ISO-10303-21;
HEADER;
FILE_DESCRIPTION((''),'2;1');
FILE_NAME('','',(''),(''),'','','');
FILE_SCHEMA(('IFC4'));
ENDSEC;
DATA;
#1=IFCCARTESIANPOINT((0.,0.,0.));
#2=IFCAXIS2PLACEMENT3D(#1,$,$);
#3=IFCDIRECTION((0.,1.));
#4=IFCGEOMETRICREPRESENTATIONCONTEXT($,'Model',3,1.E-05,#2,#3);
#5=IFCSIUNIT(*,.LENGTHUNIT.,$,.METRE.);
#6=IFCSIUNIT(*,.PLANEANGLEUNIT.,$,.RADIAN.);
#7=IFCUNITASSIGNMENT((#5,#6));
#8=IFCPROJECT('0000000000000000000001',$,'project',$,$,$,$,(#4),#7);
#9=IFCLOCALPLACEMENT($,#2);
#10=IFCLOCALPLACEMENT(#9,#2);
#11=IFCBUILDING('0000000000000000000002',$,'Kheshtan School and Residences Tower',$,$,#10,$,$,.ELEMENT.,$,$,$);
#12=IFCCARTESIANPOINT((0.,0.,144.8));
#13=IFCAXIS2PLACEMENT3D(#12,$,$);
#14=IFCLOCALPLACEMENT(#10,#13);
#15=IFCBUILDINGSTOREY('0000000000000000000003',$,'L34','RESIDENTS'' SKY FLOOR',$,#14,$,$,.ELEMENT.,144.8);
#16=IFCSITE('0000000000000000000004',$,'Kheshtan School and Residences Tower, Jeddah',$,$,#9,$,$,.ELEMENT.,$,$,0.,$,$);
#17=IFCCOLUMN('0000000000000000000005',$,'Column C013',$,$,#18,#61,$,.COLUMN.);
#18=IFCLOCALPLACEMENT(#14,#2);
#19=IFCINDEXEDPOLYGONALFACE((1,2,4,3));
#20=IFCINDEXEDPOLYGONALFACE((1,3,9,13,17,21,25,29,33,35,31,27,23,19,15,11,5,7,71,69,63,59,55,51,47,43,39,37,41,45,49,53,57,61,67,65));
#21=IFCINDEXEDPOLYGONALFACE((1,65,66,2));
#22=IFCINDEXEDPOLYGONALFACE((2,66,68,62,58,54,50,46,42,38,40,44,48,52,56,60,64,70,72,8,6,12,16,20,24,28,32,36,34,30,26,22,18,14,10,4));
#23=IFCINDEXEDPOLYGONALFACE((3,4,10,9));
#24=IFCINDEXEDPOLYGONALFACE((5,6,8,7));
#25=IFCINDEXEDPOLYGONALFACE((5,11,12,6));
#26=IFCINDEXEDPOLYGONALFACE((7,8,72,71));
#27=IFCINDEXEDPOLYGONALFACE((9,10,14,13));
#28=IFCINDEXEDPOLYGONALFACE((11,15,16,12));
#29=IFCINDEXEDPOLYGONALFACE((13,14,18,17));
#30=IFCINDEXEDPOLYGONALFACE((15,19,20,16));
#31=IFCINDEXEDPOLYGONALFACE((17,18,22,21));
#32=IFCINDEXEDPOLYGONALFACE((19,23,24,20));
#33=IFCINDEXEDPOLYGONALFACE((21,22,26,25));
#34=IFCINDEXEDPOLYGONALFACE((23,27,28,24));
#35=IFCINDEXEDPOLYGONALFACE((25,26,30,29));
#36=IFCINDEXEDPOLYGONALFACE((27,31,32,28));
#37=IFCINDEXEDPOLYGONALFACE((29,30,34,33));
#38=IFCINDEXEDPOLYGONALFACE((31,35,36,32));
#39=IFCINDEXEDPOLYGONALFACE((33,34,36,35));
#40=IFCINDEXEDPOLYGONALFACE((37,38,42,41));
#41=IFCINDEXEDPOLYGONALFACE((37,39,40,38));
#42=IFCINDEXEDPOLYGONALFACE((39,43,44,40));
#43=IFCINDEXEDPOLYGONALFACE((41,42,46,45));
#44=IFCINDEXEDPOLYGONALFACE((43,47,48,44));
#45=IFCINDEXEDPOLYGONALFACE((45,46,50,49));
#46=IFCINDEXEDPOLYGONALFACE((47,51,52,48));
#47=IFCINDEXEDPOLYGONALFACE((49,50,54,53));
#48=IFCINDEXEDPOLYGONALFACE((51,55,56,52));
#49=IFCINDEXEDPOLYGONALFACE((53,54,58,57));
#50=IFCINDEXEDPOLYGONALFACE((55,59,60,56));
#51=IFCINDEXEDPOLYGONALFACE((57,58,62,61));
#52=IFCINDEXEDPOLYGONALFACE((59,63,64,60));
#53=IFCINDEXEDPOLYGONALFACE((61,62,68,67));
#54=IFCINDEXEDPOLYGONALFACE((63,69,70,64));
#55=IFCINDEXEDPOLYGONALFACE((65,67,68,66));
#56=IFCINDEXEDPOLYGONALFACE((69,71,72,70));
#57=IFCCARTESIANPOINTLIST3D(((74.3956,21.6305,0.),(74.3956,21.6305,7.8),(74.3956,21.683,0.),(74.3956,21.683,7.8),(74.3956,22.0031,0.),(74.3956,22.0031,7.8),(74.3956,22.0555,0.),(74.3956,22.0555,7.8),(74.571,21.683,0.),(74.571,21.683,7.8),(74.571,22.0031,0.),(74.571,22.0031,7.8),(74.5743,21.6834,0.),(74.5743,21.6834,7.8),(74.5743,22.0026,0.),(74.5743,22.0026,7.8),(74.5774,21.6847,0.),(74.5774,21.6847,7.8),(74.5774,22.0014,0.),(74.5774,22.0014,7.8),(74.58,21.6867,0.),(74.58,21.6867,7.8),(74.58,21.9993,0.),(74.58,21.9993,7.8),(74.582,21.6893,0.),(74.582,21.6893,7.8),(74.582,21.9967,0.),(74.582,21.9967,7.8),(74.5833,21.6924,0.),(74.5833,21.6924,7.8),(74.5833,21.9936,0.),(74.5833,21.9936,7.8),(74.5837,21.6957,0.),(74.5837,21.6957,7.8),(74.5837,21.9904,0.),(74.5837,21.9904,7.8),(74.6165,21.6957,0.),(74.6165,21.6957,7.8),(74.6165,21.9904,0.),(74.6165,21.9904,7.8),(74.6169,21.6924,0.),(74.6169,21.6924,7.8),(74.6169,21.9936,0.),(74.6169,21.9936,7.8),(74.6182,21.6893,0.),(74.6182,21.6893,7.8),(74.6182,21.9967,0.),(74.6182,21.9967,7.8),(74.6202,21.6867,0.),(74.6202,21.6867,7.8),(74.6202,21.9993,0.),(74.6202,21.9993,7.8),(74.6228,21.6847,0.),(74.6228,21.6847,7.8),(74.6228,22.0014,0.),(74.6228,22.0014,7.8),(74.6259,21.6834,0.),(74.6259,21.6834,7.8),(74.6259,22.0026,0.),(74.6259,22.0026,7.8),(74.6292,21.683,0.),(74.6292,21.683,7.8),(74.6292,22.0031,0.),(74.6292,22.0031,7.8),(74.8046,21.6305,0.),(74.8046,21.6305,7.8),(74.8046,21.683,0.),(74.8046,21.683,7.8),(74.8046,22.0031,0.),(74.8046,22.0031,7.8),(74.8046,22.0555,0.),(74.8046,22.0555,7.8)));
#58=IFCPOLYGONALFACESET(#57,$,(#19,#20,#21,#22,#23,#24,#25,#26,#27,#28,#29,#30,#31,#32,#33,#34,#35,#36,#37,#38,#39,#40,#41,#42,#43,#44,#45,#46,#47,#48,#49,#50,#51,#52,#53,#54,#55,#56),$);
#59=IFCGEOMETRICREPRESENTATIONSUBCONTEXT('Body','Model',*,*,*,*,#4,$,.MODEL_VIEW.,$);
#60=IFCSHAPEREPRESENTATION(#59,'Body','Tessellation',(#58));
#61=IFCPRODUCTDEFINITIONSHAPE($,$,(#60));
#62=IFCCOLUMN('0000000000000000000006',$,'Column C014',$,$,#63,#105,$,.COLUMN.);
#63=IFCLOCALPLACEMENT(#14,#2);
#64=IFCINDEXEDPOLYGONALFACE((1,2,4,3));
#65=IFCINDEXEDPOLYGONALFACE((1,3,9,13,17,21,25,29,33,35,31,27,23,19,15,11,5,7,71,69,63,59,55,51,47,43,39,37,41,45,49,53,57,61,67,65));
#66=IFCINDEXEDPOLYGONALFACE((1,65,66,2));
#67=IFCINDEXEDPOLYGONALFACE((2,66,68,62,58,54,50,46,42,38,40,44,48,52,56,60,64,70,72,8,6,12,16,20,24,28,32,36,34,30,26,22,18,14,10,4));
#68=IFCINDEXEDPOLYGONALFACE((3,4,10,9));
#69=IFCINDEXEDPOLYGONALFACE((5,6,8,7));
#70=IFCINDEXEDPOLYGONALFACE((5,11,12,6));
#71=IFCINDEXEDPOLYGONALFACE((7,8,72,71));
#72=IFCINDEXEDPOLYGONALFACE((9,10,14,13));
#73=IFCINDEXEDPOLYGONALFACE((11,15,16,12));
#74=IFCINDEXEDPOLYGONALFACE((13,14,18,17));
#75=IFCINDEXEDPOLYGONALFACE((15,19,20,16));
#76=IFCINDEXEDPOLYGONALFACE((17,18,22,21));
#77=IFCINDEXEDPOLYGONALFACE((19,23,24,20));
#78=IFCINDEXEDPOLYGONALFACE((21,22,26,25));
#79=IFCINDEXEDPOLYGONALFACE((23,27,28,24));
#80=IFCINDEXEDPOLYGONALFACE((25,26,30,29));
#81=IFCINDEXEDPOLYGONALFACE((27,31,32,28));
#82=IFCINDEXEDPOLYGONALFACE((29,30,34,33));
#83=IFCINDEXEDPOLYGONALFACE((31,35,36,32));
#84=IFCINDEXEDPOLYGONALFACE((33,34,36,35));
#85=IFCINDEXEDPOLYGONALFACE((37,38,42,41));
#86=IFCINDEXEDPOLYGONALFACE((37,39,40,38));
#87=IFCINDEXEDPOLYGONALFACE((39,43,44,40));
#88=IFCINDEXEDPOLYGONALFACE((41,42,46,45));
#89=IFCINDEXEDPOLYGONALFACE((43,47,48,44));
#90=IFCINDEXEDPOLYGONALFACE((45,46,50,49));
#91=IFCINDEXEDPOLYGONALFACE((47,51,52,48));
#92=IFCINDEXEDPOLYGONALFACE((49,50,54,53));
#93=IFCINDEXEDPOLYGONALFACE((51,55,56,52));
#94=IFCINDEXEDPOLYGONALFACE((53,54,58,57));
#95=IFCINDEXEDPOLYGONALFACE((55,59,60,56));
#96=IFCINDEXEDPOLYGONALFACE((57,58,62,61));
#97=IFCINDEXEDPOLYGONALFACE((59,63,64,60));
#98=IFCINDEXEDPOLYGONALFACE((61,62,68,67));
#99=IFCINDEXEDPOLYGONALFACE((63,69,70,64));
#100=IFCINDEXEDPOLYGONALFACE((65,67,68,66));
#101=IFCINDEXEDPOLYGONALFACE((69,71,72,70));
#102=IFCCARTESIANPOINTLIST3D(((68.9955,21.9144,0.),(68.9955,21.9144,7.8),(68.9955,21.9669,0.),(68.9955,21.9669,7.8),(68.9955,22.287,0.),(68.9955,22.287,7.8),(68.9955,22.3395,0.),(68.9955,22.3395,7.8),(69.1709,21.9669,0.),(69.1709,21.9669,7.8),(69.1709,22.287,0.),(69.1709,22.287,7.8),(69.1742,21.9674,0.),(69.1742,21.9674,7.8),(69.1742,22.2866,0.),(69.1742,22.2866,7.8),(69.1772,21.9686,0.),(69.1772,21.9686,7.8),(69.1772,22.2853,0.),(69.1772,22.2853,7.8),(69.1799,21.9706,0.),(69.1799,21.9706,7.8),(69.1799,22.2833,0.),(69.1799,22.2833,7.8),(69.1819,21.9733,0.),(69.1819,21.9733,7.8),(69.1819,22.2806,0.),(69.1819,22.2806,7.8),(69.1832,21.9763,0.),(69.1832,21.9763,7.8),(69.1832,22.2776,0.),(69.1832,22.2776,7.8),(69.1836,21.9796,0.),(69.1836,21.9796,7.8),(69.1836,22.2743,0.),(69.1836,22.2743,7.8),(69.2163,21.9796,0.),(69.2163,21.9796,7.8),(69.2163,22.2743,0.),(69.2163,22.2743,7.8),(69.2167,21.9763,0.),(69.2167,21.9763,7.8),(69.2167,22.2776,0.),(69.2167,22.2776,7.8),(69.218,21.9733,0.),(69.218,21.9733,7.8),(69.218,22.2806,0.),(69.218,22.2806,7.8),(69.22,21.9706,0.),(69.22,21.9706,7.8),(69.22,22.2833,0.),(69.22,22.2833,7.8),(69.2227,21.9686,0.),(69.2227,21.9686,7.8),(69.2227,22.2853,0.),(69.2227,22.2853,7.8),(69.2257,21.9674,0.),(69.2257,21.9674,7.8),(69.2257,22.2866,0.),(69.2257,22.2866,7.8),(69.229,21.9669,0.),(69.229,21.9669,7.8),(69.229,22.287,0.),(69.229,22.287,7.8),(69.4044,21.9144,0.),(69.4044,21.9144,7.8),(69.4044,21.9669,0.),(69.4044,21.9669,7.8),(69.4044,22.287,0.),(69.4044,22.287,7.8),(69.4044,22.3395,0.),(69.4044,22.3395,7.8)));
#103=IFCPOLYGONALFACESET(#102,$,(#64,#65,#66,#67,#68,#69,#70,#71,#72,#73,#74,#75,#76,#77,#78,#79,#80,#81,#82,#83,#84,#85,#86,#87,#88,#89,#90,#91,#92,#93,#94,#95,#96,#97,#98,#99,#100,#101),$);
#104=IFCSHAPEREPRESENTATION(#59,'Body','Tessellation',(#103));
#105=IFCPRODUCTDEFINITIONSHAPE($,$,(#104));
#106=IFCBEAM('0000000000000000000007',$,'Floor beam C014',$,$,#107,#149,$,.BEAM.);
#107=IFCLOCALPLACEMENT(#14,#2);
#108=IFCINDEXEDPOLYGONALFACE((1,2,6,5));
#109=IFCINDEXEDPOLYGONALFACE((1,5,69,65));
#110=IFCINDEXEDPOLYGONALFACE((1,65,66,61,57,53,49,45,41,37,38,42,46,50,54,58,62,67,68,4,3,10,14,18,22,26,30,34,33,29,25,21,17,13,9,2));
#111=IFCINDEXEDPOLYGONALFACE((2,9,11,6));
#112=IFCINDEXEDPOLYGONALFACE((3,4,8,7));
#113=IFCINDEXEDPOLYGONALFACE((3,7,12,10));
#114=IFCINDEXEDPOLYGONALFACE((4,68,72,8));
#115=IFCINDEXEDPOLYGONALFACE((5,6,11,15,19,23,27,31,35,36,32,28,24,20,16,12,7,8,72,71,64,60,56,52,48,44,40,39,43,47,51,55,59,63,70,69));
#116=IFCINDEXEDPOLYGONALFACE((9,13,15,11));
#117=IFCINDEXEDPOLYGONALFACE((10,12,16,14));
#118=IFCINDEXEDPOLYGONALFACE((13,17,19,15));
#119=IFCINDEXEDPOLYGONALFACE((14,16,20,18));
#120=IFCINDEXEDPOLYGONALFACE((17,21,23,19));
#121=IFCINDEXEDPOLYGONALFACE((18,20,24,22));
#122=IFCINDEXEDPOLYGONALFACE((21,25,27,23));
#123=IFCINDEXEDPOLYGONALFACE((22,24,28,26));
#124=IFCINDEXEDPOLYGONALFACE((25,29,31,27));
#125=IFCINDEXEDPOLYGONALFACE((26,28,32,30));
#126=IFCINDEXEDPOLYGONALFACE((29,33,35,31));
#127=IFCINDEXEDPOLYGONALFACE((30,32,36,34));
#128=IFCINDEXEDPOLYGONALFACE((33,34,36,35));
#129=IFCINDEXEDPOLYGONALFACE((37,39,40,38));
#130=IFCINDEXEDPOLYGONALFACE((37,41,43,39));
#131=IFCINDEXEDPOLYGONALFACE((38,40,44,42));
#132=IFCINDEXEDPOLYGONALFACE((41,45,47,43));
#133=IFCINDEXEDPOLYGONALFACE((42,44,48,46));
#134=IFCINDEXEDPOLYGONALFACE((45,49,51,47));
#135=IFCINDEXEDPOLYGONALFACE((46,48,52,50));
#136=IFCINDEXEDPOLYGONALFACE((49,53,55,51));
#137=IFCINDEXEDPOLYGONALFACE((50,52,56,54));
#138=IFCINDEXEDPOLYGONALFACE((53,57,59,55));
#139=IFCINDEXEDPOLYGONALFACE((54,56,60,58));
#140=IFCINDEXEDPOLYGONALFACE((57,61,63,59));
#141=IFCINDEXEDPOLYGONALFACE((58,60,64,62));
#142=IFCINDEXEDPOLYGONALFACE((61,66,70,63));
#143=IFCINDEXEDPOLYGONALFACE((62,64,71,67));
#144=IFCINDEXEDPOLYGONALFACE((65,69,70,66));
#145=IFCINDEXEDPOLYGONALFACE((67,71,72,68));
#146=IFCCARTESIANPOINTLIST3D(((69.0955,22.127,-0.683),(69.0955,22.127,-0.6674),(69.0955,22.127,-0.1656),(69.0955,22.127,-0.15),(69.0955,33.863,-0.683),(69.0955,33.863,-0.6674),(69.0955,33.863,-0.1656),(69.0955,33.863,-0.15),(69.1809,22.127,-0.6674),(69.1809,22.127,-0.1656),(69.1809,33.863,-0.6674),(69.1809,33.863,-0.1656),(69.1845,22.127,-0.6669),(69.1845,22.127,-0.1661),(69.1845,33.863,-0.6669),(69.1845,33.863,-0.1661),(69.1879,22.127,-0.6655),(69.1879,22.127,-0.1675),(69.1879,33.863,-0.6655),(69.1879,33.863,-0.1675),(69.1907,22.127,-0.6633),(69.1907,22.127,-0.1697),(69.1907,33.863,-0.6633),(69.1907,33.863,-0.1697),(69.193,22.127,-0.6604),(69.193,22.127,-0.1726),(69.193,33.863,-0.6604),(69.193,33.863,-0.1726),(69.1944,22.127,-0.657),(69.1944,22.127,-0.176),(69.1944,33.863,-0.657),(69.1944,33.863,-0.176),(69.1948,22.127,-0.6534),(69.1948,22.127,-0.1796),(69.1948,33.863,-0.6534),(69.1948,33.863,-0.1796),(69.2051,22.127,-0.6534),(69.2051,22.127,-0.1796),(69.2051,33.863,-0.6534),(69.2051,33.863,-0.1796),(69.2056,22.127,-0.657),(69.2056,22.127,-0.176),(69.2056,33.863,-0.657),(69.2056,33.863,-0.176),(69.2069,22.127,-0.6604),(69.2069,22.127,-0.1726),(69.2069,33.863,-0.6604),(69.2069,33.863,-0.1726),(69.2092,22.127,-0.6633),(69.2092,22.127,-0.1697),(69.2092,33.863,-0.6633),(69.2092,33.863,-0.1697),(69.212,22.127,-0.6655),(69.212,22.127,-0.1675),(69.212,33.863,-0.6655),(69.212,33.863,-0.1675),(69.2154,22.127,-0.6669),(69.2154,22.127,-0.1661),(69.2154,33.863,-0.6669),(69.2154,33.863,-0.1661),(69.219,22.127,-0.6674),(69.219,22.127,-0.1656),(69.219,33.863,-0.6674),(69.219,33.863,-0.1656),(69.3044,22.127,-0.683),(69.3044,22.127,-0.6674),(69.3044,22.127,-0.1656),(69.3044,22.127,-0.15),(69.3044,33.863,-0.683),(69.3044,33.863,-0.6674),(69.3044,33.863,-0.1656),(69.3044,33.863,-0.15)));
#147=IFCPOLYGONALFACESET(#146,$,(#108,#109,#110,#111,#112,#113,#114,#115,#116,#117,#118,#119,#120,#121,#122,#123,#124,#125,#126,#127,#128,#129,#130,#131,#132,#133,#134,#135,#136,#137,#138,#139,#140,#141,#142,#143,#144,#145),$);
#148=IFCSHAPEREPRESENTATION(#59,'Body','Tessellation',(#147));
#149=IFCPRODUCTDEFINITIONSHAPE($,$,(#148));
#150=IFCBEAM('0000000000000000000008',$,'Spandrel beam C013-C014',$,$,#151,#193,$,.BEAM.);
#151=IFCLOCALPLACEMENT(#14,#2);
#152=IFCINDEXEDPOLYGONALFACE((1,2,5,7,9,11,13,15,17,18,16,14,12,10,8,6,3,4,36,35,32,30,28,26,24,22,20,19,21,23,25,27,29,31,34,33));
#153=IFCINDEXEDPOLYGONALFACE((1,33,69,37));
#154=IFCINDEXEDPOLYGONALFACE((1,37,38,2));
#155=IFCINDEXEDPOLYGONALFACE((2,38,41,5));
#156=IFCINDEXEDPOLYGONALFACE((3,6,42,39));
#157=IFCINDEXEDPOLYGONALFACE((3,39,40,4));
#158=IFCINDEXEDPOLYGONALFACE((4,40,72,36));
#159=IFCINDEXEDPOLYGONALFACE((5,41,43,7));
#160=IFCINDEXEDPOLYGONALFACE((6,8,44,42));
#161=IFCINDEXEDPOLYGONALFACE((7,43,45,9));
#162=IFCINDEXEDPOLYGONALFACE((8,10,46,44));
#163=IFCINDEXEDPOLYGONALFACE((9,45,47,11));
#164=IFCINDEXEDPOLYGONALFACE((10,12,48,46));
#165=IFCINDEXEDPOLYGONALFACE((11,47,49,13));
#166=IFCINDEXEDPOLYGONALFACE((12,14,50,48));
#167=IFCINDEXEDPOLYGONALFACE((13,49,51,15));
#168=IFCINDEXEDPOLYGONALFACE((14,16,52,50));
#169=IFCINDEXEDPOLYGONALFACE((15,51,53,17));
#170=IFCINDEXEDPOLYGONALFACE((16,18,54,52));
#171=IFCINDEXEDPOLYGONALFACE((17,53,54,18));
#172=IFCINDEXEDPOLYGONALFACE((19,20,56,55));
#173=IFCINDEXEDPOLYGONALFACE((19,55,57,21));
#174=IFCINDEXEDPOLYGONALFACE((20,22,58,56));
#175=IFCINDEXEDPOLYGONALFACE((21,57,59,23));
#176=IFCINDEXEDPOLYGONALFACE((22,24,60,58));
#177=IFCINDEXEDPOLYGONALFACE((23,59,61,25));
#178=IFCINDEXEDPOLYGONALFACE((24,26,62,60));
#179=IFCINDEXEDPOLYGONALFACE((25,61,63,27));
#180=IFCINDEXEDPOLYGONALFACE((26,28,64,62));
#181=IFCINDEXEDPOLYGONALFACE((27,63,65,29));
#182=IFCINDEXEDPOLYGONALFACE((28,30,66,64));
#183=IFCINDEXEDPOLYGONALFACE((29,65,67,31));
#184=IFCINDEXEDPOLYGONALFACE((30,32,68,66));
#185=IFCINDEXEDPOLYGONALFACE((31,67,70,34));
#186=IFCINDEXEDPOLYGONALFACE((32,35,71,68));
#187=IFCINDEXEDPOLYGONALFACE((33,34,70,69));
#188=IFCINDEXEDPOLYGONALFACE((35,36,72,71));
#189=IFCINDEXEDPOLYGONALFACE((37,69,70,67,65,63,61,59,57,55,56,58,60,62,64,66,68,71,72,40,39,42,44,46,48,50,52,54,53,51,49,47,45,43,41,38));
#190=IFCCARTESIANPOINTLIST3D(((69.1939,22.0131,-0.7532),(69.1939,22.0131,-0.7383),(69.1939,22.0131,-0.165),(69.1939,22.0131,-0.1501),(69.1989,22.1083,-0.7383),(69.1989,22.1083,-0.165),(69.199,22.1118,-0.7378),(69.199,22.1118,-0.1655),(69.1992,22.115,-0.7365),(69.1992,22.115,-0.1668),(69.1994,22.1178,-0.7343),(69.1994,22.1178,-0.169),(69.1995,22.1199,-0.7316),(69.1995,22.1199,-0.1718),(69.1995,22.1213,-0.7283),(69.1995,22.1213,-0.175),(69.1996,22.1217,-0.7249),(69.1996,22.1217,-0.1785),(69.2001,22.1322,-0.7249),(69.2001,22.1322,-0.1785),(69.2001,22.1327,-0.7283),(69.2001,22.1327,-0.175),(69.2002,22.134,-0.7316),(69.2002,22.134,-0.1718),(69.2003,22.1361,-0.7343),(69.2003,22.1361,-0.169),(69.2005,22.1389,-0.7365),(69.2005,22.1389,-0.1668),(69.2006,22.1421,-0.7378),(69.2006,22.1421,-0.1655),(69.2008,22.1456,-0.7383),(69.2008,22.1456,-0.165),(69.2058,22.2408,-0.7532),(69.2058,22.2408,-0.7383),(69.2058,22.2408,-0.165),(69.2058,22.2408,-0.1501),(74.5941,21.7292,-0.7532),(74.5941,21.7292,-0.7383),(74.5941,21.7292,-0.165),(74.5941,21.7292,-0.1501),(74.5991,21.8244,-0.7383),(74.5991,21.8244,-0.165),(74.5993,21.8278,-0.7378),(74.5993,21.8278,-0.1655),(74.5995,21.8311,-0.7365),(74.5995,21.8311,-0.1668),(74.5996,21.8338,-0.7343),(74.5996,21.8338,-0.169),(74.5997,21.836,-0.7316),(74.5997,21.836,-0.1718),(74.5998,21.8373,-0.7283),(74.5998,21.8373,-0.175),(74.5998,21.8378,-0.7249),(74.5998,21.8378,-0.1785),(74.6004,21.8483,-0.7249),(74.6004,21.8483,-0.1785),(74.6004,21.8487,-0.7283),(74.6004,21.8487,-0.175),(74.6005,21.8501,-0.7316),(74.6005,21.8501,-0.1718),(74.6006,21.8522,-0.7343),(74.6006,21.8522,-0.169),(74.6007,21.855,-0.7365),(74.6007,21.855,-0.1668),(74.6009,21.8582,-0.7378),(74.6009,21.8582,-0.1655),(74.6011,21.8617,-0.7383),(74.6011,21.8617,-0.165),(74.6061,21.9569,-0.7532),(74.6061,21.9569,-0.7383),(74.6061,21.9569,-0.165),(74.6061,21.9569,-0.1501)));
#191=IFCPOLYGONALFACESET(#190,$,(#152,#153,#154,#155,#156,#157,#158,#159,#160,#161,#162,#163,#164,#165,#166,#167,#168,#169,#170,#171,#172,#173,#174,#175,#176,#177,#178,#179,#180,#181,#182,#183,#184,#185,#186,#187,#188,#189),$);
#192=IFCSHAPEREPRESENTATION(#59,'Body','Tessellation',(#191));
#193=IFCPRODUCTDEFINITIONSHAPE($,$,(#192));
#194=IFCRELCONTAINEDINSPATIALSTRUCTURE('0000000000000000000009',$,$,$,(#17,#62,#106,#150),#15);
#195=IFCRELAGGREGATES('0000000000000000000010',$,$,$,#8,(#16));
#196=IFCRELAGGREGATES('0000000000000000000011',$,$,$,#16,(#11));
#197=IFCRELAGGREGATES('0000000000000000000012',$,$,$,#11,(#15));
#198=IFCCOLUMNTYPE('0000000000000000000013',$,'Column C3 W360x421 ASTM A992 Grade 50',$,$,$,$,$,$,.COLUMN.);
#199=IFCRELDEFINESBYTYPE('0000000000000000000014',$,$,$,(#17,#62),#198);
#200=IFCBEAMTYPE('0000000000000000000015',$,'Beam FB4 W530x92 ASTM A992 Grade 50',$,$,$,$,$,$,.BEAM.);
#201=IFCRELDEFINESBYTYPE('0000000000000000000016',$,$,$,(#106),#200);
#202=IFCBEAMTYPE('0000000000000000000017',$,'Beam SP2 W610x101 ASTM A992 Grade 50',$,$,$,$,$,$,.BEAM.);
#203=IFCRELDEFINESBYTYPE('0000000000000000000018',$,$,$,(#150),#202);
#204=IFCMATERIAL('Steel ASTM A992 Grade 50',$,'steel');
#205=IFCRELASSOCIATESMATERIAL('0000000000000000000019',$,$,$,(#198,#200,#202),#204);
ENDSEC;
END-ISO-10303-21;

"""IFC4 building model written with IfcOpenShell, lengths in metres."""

from ifc_helpers import new_model, si_unit, direction, frame, origin, origin_2d, place, context, subcontext, project, spatial, i_section, extrude, material, material_profile, profile_set, type_object, element, save


model = new_model("IFC4")

# Units and contexts
model_context = context("Model", 3, precision=1e-05, world=origin(), true_north=direction((0.0, 1.0)))
body_context = subcontext(model_context, "Body", "Model", "MODEL_VIEW")
ifc_project = project(units=[si_unit("LENGTHUNIT", "METRE"), si_unit("PLANEANGLEUNIT", "RADIAN")], contexts=[model_context])

# Site, building, storey
site_placement = place(None, origin())
site = spatial("IfcSite", under=ifc_project, at=site_placement, Name="Kheshtan School and Residences Tower, Jeddah", CompositionType="ELEMENT", RefElevation=0.0)
building_placement = place(site_placement, origin())
building = spatial("IfcBuilding", under=site, at=building_placement, Name="Kheshtan School and Residences Tower", CompositionType="ELEMENT")
storey_placement = place(building_placement, frame((0.0, 0.0, 144.8)))
storey = spatial("IfcBuildingStorey", under=building, at=storey_placement, Name="L34", Description="RESIDENTS' SKY FLOOR", CompositionType="ELEMENT", Elevation=144.8)

# Columns
ifc_material_1 = material(Name="Steel ASTM A992 Grade 50", Category="steel")
ifc_material_profile_1 = material_profile(ifc_material_1, i_section(OverallWidth=0.4089, OverallDepth=0.425, WebThickness=0.0327, FlangeThickness=0.0525, FilletRadius=0.0127, at=origin_2d()), Name="W360x421")
ifc_profile_set_1 = profile_set([ifc_material_profile_1], Name="Steel ASTM A992 Grade 50")
column_type = type_object("IfcColumnType", Name="Column C3 W360x421 ASTM A992 Grade 50", PredefinedType="COLUMN", material=ifc_profile_set_1)
for number, where, z_axis, x_axis, name in (
    (1, (74.6001, 21.843, 0.0), (0.0, 0.0, 1.0), (1.0, 0.0, 0.0), "Column C013"),
    (2, (69.2, 22.127, 0.0), (0.0, 0.0, 1.0), (1.0, 0.0, 0.0), "Column C014"),
):
    element("IfcColumn", number, at=place(storey_placement, frame(where, z_axis=z_axis, x_axis=x_axis)), inside=storey, type_object=column_type, Name=name, PredefinedType="COLUMN", context=body_context, shape_type="SweptSolid", body=[
        extrude(i_section(OverallWidth=0.4089, OverallDepth=0.425, WebThickness=0.0327, FlangeThickness=0.0525, FilletRadius=0.0127, at=origin_2d()), origin(), (0.0, 0.0, 1.0), 7.8),
    ])

# Beams
ifc_material_profile_2 = material_profile(ifc_material_1, i_section(OverallWidth=0.209, OverallDepth=0.533, WebThickness=0.0103, FlangeThickness=0.0156, FilletRadius=0.0139, at=origin_2d()), Name="W530x92")
ifc_profile_set_2 = profile_set([ifc_material_profile_2], Name="Steel ASTM A992 Grade 50")
beam_type_1 = type_object("IfcBeamType", Name="Beam FB4 W530x92 ASTM A992 Grade 50", PredefinedType="BEAM", material=ifc_profile_set_2)
beam_1_placement = place(storey_placement, frame((69.2, 22.127, -0.4165), z_axis=(0.0, 1.0, 0.0), x_axis=(-1.0, 0.0, 0.0)))
element("IfcBeam", 3, at=beam_1_placement, inside=storey, type_object=beam_type_1, Name="Floor beam C014", PredefinedType="BEAM", context=body_context, shape_type="SweptSolid", body=[
    extrude(i_section(OverallWidth=0.209, OverallDepth=0.533, WebThickness=0.0103, FlangeThickness=0.0156, FilletRadius=0.0139, at=origin_2d()), origin(), (0.0, 0.0, 1.0), 11.7361),
])
ifc_material_profile_3 = material_profile(ifc_material_1, i_section(OverallWidth=0.228, OverallDepth=0.603, WebThickness=0.0105, FlangeThickness=0.0149, FilletRadius=0.0134, at=origin_2d()), Name="W610x101")
ifc_profile_set_3 = profile_set([ifc_material_profile_3], Name="Steel ASTM A992 Grade 50")
beam_type_2 = type_object("IfcBeamType", Name="Beam SP2 W610x101 ASTM A992 Grade 50", PredefinedType="BEAM", material=ifc_profile_set_3)
beam_2_placement = place(storey_placement, frame((74.6001, 21.843, -0.4517), z_axis=(-0.998621, 0.052507, 0.0), x_axis=(-0.052507, -0.998621, 0.0)))
element("IfcBeam", 4, at=beam_2_placement, inside=storey, type_object=beam_type_2, Name="Spandrel beam C013-C014", PredefinedType="BEAM", context=body_context, shape_type="SweptSolid", body=[
    extrude(i_section(OverallWidth=0.228, OverallDepth=0.603, WebThickness=0.0105, FlangeThickness=0.0149, FilletRadius=0.0134, at=origin_2d()), origin(), (0.0, 0.0, 1.0), 5.4077),
])

save(model, "model.ifc")
